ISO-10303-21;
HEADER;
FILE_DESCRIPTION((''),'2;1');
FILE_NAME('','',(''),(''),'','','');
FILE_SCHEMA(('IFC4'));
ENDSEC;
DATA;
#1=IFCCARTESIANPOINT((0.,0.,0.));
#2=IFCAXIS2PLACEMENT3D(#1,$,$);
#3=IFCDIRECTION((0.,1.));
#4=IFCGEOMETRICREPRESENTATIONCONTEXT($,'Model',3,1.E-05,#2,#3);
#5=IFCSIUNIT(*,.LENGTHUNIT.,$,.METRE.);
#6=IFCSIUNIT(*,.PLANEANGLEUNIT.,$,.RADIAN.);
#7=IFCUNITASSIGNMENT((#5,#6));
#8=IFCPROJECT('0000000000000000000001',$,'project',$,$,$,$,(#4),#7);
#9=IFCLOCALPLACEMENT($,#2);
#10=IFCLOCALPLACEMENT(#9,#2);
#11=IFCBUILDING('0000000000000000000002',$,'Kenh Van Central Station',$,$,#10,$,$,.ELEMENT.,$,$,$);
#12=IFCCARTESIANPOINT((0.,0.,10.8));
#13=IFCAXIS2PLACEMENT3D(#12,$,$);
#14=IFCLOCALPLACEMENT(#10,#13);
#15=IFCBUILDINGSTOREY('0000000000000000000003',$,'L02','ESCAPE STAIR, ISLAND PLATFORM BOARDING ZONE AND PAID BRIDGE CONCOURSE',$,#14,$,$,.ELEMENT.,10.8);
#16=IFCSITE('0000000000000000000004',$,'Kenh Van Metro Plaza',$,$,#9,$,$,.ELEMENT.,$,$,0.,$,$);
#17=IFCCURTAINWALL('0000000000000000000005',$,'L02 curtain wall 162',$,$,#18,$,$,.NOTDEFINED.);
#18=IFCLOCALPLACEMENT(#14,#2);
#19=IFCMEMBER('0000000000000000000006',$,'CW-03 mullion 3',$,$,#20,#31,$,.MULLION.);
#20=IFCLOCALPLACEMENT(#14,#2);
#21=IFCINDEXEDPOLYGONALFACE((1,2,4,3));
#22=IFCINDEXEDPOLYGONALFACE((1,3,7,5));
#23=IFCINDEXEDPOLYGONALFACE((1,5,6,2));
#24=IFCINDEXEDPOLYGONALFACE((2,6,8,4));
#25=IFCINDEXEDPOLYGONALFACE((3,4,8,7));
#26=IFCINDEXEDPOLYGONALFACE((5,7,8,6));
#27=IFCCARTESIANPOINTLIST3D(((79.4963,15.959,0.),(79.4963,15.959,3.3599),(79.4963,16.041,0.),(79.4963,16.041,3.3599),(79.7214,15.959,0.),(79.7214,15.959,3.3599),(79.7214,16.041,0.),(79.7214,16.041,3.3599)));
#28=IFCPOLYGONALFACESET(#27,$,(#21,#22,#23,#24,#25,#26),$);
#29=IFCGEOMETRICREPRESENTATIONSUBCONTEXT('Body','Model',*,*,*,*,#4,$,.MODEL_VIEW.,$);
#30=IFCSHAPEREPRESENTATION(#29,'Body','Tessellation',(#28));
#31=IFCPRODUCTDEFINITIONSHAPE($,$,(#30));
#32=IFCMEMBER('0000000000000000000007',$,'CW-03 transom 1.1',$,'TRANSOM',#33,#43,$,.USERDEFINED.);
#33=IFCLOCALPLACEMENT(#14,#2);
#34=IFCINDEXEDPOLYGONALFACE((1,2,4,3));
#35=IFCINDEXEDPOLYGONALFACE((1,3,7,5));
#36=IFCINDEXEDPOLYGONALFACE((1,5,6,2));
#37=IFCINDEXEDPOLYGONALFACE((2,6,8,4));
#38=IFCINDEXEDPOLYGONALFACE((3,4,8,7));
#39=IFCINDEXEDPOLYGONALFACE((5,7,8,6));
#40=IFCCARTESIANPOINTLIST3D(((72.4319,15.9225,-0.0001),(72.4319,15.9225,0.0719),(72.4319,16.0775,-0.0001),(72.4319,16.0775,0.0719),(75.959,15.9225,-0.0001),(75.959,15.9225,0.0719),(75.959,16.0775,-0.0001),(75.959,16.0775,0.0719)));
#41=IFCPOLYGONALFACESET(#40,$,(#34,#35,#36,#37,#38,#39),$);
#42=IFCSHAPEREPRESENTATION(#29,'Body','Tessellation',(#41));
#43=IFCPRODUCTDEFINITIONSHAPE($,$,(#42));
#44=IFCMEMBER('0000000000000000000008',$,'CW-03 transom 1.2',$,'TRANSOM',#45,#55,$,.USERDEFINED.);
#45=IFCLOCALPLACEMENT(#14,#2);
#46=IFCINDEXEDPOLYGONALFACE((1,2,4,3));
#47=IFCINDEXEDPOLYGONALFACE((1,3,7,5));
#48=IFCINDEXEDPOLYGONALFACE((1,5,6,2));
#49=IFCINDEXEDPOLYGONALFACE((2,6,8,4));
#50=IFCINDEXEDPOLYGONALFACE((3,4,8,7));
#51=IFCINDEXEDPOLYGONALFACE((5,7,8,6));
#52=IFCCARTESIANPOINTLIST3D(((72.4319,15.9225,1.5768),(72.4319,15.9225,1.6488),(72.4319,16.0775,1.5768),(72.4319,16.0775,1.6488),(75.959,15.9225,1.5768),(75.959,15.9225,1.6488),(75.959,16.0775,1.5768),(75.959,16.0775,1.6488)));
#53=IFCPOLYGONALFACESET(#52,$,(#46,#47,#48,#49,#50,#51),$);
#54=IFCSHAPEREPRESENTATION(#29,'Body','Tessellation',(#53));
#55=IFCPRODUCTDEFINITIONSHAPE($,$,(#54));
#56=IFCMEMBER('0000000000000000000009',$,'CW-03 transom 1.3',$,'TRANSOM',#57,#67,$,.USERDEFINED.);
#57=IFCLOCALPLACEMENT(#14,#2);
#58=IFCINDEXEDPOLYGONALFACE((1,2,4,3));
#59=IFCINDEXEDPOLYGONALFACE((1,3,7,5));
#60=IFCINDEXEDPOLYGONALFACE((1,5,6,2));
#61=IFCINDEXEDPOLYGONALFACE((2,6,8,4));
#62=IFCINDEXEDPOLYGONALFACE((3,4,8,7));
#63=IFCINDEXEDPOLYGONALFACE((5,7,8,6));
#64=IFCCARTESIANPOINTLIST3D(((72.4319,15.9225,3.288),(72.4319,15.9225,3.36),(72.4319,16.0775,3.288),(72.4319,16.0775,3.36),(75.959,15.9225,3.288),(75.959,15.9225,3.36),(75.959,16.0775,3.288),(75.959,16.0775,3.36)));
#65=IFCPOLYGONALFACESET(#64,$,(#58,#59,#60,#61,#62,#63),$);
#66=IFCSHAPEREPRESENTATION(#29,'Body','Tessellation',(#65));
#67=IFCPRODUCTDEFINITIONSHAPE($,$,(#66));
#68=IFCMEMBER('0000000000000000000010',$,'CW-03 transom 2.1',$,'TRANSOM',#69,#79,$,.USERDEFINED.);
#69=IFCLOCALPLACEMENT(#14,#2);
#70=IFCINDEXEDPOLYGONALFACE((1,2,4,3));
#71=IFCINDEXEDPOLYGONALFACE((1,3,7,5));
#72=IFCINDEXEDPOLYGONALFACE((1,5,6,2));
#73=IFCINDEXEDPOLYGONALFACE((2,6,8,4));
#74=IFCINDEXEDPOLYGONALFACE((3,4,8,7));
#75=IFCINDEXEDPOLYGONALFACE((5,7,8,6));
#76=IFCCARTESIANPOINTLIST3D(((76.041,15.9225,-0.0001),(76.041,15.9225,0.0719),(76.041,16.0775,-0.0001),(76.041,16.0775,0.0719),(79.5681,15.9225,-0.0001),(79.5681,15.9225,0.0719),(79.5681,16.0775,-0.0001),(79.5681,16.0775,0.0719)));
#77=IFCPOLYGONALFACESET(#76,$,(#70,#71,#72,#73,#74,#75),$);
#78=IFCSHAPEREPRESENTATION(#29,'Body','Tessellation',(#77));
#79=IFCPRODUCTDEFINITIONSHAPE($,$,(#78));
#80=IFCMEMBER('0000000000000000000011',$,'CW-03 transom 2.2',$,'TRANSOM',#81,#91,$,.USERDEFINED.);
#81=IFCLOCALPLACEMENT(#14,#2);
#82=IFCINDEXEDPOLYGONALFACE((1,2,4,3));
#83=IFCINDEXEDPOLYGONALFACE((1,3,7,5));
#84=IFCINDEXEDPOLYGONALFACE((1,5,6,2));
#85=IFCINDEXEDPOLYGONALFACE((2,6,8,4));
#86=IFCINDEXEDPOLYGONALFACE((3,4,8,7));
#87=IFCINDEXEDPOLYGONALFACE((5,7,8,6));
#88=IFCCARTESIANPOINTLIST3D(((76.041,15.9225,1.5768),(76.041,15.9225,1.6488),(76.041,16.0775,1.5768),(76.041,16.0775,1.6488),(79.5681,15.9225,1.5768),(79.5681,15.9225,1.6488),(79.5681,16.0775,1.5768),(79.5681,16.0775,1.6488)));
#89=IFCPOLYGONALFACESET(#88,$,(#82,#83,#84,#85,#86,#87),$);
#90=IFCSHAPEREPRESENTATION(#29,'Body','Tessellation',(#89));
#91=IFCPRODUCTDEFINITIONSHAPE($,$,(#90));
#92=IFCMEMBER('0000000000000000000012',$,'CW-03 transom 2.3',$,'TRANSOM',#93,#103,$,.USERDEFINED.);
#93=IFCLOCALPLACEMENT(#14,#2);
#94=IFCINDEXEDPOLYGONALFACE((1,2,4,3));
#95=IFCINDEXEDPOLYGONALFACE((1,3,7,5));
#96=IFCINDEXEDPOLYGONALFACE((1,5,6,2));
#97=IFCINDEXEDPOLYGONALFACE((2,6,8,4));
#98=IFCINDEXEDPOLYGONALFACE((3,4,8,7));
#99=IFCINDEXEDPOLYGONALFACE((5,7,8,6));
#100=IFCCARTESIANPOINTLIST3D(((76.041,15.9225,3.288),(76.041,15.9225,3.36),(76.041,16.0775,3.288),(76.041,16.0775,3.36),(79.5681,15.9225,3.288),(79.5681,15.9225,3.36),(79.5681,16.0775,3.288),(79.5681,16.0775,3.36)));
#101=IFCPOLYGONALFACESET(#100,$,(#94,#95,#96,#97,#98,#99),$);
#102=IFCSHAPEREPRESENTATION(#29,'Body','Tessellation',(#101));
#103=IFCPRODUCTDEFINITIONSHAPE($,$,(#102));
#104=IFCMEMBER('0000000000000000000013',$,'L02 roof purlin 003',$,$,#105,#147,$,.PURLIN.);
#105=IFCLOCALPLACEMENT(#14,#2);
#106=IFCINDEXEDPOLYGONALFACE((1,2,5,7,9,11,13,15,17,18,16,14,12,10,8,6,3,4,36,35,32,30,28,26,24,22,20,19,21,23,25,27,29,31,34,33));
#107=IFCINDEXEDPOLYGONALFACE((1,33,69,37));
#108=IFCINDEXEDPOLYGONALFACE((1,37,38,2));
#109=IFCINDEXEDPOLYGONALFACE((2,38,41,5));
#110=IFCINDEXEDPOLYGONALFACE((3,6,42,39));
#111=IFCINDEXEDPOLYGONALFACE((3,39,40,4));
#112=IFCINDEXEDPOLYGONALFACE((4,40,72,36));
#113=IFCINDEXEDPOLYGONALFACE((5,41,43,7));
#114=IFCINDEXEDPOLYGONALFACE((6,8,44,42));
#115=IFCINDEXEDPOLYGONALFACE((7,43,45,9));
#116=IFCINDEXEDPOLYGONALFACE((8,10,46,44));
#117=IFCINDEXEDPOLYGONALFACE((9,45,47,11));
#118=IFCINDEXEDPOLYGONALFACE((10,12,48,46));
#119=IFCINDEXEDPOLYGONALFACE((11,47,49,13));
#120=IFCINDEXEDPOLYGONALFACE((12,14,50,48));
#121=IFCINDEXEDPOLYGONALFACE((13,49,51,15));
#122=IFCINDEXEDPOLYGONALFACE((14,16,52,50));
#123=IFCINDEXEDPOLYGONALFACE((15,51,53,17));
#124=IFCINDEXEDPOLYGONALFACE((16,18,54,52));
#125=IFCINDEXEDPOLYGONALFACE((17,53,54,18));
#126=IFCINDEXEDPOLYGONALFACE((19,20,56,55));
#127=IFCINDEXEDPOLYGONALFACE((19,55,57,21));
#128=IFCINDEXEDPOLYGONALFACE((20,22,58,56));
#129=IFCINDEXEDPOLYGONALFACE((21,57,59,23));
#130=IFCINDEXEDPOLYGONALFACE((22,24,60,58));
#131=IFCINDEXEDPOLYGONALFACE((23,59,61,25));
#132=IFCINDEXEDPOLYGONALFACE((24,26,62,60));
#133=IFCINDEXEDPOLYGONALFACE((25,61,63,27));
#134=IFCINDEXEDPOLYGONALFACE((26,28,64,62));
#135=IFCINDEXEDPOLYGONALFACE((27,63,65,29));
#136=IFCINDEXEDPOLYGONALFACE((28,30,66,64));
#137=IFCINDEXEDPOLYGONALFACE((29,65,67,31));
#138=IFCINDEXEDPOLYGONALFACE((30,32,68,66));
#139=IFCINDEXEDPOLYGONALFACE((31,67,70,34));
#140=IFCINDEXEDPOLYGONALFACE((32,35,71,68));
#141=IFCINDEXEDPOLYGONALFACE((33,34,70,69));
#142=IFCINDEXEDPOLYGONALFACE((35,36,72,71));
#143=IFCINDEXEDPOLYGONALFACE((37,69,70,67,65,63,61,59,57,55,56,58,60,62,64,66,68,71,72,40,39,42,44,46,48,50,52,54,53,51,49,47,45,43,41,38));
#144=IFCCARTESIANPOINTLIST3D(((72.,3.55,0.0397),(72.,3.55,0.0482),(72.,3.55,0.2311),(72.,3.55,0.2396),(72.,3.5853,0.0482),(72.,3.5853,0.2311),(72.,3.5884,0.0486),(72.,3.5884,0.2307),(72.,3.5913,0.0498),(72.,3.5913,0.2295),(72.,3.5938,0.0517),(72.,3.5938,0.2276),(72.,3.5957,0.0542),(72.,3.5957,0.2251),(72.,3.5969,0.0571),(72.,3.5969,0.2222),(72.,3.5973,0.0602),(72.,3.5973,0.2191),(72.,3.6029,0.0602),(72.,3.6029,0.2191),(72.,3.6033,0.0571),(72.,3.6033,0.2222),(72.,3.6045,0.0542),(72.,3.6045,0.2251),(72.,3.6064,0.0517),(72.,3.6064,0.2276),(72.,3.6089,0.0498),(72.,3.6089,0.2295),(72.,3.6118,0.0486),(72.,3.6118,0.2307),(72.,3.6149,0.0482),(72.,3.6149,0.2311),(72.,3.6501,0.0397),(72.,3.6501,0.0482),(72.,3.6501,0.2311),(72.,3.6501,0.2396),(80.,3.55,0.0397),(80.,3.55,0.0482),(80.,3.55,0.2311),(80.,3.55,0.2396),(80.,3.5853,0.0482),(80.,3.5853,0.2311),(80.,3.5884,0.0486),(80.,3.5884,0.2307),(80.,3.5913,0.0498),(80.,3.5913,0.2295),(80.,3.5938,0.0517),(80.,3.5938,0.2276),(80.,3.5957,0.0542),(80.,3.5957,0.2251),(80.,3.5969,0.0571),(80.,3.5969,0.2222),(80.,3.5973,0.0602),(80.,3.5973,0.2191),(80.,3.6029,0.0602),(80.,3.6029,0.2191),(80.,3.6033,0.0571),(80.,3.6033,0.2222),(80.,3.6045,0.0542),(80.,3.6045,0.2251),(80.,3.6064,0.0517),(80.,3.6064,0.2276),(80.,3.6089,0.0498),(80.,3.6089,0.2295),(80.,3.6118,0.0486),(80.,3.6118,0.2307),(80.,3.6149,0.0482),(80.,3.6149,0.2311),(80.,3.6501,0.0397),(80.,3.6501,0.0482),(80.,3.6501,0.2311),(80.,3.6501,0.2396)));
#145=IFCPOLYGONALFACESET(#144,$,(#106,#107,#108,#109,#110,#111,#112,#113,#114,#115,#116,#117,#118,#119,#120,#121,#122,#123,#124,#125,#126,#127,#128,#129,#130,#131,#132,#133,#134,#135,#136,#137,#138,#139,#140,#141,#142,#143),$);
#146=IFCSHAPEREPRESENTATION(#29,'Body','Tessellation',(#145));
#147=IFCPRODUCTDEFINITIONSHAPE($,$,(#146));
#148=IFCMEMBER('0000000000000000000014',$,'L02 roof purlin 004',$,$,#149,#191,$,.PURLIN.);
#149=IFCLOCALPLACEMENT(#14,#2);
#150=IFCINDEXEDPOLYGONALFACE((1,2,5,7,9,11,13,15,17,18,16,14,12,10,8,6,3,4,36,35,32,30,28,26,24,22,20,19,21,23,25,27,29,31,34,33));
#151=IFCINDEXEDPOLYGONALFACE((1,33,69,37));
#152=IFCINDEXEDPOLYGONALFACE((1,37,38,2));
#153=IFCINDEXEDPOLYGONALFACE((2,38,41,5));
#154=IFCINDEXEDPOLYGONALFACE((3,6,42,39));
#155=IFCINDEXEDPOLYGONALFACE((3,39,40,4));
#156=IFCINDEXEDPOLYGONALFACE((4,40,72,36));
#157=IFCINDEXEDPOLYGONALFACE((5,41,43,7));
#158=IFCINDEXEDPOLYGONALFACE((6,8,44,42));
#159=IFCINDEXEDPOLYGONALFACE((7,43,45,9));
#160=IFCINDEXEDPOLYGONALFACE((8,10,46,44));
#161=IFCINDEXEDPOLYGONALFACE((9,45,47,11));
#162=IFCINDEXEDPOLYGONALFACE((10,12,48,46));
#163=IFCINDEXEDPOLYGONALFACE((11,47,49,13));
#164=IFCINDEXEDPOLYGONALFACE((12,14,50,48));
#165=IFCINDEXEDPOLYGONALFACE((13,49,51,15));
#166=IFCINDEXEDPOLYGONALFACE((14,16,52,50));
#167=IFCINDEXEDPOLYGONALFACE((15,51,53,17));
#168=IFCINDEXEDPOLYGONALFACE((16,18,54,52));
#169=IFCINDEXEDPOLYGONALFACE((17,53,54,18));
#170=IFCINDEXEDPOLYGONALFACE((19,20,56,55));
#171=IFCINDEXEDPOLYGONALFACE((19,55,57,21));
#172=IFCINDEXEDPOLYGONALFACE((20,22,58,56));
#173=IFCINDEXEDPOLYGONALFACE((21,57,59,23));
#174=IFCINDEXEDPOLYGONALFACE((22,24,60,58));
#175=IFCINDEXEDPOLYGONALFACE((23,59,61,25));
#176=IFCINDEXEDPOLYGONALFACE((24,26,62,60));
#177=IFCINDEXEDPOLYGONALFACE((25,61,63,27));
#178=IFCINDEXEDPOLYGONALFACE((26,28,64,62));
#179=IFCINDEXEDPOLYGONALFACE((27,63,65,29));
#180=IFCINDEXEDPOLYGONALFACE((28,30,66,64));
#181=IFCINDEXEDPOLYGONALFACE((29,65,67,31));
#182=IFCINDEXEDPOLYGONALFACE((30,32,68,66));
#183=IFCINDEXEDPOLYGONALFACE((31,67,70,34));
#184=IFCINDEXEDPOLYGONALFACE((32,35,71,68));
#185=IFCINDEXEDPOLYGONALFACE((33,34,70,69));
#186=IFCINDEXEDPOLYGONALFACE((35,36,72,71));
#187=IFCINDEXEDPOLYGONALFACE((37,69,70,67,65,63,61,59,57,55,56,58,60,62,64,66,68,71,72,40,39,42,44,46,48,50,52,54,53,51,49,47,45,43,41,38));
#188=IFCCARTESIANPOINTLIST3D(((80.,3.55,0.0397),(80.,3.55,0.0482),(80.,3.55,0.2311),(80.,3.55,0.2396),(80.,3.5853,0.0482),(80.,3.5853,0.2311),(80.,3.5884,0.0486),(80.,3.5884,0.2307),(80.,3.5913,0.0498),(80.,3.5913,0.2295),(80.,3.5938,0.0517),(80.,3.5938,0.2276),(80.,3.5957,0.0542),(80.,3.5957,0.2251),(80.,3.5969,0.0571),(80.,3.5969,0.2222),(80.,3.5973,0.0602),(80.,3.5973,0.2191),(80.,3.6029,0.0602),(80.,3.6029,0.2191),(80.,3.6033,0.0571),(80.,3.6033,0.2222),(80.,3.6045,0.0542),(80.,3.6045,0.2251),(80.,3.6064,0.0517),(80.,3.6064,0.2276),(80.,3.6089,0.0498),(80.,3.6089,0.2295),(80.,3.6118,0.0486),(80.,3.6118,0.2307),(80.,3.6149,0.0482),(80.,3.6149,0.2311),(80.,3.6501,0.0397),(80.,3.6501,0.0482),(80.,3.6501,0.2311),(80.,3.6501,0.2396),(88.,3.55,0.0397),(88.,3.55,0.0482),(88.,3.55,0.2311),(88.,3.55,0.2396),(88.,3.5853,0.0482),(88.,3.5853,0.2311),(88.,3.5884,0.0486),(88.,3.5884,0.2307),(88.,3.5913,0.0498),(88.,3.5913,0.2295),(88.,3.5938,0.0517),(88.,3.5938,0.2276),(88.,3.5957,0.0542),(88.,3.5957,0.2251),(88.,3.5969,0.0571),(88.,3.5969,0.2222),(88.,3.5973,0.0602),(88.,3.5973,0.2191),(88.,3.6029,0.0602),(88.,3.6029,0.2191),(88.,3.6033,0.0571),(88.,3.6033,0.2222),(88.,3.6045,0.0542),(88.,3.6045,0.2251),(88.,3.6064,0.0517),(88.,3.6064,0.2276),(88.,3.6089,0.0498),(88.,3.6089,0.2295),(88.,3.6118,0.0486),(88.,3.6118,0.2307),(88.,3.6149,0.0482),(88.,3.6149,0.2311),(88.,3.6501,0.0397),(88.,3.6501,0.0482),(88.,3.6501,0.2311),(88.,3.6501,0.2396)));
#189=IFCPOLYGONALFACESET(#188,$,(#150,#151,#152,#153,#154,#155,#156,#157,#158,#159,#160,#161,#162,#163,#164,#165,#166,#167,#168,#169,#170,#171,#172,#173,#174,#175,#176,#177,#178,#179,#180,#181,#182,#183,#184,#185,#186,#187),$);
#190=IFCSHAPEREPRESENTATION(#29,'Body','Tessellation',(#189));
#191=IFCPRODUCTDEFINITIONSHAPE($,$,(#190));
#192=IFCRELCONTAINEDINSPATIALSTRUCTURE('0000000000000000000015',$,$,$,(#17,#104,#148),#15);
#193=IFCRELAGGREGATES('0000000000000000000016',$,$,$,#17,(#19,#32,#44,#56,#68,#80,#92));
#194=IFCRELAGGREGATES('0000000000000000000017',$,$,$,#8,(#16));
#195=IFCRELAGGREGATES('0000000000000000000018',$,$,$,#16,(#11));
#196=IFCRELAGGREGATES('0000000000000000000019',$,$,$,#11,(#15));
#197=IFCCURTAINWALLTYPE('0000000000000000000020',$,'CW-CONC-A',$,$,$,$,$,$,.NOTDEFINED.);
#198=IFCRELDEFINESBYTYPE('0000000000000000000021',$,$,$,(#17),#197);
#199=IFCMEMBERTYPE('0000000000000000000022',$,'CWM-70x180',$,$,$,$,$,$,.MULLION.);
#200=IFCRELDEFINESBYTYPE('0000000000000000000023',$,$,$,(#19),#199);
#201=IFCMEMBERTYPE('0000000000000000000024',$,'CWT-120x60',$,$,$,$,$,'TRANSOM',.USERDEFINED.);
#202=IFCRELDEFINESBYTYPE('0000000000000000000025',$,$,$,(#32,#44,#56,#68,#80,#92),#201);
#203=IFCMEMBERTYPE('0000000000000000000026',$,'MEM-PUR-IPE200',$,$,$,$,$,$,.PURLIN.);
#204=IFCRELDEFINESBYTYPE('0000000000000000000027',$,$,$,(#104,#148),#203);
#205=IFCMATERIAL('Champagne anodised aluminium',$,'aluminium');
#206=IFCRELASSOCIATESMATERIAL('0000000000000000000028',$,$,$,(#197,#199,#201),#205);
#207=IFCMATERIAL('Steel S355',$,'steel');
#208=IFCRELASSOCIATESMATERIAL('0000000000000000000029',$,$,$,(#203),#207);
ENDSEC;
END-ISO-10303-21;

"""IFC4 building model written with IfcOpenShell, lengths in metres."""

from ifc_helpers import new_model, si_unit, direction, frame, origin, origin_2d, place, context, subcontext, project, spatial, rectangle, i_section, extrude, material, material_profile, profile_set, type_object, element, aggregate, save


model = new_model("IFC4")

# Units and contexts
model_context = context("Model", 3, precision=1e-05, world=origin(), true_north=direction((0.0, 1.0)))
body_context = subcontext(model_context, "Body", "Model", "MODEL_VIEW")
ifc_project = project(units=[si_unit("LENGTHUNIT", "METRE"), si_unit("PLANEANGLEUNIT", "RADIAN")], contexts=[model_context])

# Site, building, storey
site_placement = place(None, origin())
site = spatial("IfcSite", under=ifc_project, at=site_placement, Name="Kenh Van Metro Plaza", CompositionType="ELEMENT", RefElevation=0.0)
building_placement = place(site_placement, origin())
building = spatial("IfcBuilding", under=site, at=building_placement, Name="Kenh Van Central Station", CompositionType="ELEMENT")
storey_placement = place(building_placement, frame((0.0, 0.0, 10.8)))
storey = spatial("IfcBuildingStorey", under=building, at=storey_placement, Name="L02", Description="ESCAPE STAIR, ISLAND PLATFORM BOARDING ZONE AND PAID BRIDGE CONCOURSE", CompositionType="ELEMENT", Elevation=10.8)

# Shared definitions
ifc_material_1 = material(Name="Steel S355", Category="steel")

# Curtain wall, members
ifc_material_2 = material(Name="Champagne anodised aluminium", Category="aluminium")
curtain_wall_type = type_object("IfcCurtainWallType", Name="CW-CONC-A", PredefinedType="NOTDEFINED", material=ifc_material_2)
curtain_wall_placement = place(storey_placement, origin())
curtain_wall = element("IfcCurtainWall", 1, at=curtain_wall_placement, inside=storey, type_object=curtain_wall_type, Name="L02 curtain wall 162", PredefinedType="NOTDEFINED")
ifc_material_profile_1 = material_profile(ifc_material_2, rectangle(XDim=0.082, YDim=0.2251, at=origin_2d()), Name="AL 82x225")
ifc_profile_set_1 = profile_set([ifc_material_profile_1], Name="Champagne anodised aluminium")
member_type_1 = type_object("IfcMemberType", Name="CWM-70x180", PredefinedType="MULLION", material=ifc_profile_set_1)
member_1_placement = place(storey_placement, frame((79.6089, 16.0, 0.0), z_axis=(0.0, 0.0, 1.0), x_axis=(0.0, 1.0, 0.0)))
member_1 = element("IfcMember", 2, at=member_1_placement, type_object=member_type_1, Name="CW-03 mullion 3", PredefinedType="MULLION", context=body_context, shape_type="SweptSolid", body=[
    extrude(rectangle(XDim=0.082, YDim=0.2251, at=origin_2d()), origin(), (0.0, 0.0, 1.0), 3.3599),
])
ifc_material_profile_2 = material_profile(ifc_material_2, rectangle(XDim=0.155, YDim=0.072, at=origin_2d()), Name="AL 155x72")
ifc_profile_set_2 = profile_set([ifc_material_profile_2], Name="Champagne anodised aluminium")
member_type_2 = type_object("IfcMemberType", Name="CWT-120x60", ElementType="TRANSOM", PredefinedType="USERDEFINED", material=ifc_profile_set_2)
member_2_placement = place(storey_placement, frame((72.4319, 16.0, 0.0359), z_axis=(1.0, 0.0, 0.0), x_axis=(0.0, 1.0, 0.0)))
member_2 = element("IfcMember", 3, at=member_2_placement, type_object=member_type_2, Name="CW-03 transom 1.1", ObjectType="TRANSOM", PredefinedType="USERDEFINED", context=body_context, shape_type="SweptSolid", body=[
    extrude(rectangle(XDim=0.155, YDim=0.072, at=origin_2d()), origin(), (0.0, 0.0, 1.0), 3.5271),
])
member_3_placement = place(storey_placement, frame((72.4319, 16.0, 1.6128), z_axis=(1.0, 0.0, 0.0), x_axis=(0.0, 1.0, 0.0)))
member_3 = element("IfcMember", 4, at=member_3_placement, type_object=member_type_2, Name="CW-03 transom 1.2", ObjectType="TRANSOM", PredefinedType="USERDEFINED", context=body_context, shape_type="SweptSolid", body=[
    extrude(rectangle(XDim=0.155, YDim=0.072, at=origin_2d()), origin(), (0.0, 0.0, 1.0), 3.5271),
])
member_4_placement = place(storey_placement, frame((72.4319, 16.0, 3.324), z_axis=(1.0, 0.0, 0.0), x_axis=(0.0, 1.0, 0.0)))
member_4 = element("IfcMember", 5, at=member_4_placement, type_object=member_type_2, Name="CW-03 transom 1.3", ObjectType="TRANSOM", PredefinedType="USERDEFINED", context=body_context, shape_type="SweptSolid", body=[
    extrude(rectangle(XDim=0.155, YDim=0.072, at=origin_2d()), origin(), (0.0, 0.0, 1.0), 3.5271),
])
member_5_placement = place(storey_placement, frame((76.041, 16.0, 0.0359), z_axis=(1.0, 0.0, 0.0), x_axis=(0.0, 1.0, 0.0)))
member_5 = element("IfcMember", 6, at=member_5_placement, type_object=member_type_2, Name="CW-03 transom 2.1", ObjectType="TRANSOM", PredefinedType="USERDEFINED", context=body_context, shape_type="SweptSolid", body=[
    extrude(rectangle(XDim=0.155, YDim=0.072, at=origin_2d()), origin(), (0.0, 0.0, 1.0), 3.5271),
])
member_6_placement = place(storey_placement, frame((76.041, 16.0, 1.6128), z_axis=(1.0, 0.0, 0.0), x_axis=(0.0, 1.0, 0.0)))
member_6 = element("IfcMember", 7, at=member_6_placement, type_object=member_type_2, Name="CW-03 transom 2.2", ObjectType="TRANSOM", PredefinedType="USERDEFINED", context=body_context, shape_type="SweptSolid", body=[
    extrude(rectangle(XDim=0.155, YDim=0.072, at=origin_2d()), origin(), (0.0, 0.0, 1.0), 3.5271),
])
member_7_placement = place(storey_placement, frame((76.041, 16.0, 3.324), z_axis=(1.0, 0.0, 0.0), x_axis=(0.0, 1.0, 0.0)))
member_7 = element("IfcMember", 8, at=member_7_placement, type_object=member_type_2, Name="CW-03 transom 2.3", ObjectType="TRANSOM", PredefinedType="USERDEFINED", context=body_context, shape_type="SweptSolid", body=[
    extrude(rectangle(XDim=0.155, YDim=0.072, at=origin_2d()), origin(), (0.0, 0.0, 1.0), 3.5271),
])

# Members
ifc_material_profile_3 = material_profile(ifc_material_1, i_section(OverallWidth=0.1001, OverallDepth=0.2, WebThickness=0.0056, FlangeThickness=0.0085, FilletRadius=0.012, at=origin_2d()), Name="IPE 200")
ifc_profile_set_3 = profile_set([ifc_material_profile_3], Name="Steel S355")
member_type_3 = type_object("IfcMemberType", Name="MEM-PUR-IPE200", PredefinedType="PURLIN", material=ifc_profile_set_3)
for number, where, z_axis, x_axis, name in (
    (9, (72.0, 3.6001, 0.1396), (1.0, 0.0, 0.0), (0.0, 1.0, 0.0), "L02 roof purlin 003"),
    (10, (80.0, 3.6001, 0.1396), (1.0, 0.0, 0.0), (0.0, 1.0, 0.0), "L02 roof purlin 004"),
):
    element("IfcMember", number, at=place(storey_placement, frame(where, z_axis=z_axis, x_axis=x_axis)), inside=storey, type_object=member_type_3, Name=name, PredefinedType="PURLIN", context=body_context, shape_type="SweptSolid", body=[
        extrude(i_section(OverallWidth=0.1001, OverallDepth=0.2, WebThickness=0.0056, FlangeThickness=0.0085, FilletRadius=0.012, at=origin_2d()), origin(), (0.0, 0.0, 1.0), 8.0),
    ])

aggregate(curtain_wall, [member_1, member_2, member_3, member_4, member_5, member_6, member_7])

save(model, "model.ifc")
